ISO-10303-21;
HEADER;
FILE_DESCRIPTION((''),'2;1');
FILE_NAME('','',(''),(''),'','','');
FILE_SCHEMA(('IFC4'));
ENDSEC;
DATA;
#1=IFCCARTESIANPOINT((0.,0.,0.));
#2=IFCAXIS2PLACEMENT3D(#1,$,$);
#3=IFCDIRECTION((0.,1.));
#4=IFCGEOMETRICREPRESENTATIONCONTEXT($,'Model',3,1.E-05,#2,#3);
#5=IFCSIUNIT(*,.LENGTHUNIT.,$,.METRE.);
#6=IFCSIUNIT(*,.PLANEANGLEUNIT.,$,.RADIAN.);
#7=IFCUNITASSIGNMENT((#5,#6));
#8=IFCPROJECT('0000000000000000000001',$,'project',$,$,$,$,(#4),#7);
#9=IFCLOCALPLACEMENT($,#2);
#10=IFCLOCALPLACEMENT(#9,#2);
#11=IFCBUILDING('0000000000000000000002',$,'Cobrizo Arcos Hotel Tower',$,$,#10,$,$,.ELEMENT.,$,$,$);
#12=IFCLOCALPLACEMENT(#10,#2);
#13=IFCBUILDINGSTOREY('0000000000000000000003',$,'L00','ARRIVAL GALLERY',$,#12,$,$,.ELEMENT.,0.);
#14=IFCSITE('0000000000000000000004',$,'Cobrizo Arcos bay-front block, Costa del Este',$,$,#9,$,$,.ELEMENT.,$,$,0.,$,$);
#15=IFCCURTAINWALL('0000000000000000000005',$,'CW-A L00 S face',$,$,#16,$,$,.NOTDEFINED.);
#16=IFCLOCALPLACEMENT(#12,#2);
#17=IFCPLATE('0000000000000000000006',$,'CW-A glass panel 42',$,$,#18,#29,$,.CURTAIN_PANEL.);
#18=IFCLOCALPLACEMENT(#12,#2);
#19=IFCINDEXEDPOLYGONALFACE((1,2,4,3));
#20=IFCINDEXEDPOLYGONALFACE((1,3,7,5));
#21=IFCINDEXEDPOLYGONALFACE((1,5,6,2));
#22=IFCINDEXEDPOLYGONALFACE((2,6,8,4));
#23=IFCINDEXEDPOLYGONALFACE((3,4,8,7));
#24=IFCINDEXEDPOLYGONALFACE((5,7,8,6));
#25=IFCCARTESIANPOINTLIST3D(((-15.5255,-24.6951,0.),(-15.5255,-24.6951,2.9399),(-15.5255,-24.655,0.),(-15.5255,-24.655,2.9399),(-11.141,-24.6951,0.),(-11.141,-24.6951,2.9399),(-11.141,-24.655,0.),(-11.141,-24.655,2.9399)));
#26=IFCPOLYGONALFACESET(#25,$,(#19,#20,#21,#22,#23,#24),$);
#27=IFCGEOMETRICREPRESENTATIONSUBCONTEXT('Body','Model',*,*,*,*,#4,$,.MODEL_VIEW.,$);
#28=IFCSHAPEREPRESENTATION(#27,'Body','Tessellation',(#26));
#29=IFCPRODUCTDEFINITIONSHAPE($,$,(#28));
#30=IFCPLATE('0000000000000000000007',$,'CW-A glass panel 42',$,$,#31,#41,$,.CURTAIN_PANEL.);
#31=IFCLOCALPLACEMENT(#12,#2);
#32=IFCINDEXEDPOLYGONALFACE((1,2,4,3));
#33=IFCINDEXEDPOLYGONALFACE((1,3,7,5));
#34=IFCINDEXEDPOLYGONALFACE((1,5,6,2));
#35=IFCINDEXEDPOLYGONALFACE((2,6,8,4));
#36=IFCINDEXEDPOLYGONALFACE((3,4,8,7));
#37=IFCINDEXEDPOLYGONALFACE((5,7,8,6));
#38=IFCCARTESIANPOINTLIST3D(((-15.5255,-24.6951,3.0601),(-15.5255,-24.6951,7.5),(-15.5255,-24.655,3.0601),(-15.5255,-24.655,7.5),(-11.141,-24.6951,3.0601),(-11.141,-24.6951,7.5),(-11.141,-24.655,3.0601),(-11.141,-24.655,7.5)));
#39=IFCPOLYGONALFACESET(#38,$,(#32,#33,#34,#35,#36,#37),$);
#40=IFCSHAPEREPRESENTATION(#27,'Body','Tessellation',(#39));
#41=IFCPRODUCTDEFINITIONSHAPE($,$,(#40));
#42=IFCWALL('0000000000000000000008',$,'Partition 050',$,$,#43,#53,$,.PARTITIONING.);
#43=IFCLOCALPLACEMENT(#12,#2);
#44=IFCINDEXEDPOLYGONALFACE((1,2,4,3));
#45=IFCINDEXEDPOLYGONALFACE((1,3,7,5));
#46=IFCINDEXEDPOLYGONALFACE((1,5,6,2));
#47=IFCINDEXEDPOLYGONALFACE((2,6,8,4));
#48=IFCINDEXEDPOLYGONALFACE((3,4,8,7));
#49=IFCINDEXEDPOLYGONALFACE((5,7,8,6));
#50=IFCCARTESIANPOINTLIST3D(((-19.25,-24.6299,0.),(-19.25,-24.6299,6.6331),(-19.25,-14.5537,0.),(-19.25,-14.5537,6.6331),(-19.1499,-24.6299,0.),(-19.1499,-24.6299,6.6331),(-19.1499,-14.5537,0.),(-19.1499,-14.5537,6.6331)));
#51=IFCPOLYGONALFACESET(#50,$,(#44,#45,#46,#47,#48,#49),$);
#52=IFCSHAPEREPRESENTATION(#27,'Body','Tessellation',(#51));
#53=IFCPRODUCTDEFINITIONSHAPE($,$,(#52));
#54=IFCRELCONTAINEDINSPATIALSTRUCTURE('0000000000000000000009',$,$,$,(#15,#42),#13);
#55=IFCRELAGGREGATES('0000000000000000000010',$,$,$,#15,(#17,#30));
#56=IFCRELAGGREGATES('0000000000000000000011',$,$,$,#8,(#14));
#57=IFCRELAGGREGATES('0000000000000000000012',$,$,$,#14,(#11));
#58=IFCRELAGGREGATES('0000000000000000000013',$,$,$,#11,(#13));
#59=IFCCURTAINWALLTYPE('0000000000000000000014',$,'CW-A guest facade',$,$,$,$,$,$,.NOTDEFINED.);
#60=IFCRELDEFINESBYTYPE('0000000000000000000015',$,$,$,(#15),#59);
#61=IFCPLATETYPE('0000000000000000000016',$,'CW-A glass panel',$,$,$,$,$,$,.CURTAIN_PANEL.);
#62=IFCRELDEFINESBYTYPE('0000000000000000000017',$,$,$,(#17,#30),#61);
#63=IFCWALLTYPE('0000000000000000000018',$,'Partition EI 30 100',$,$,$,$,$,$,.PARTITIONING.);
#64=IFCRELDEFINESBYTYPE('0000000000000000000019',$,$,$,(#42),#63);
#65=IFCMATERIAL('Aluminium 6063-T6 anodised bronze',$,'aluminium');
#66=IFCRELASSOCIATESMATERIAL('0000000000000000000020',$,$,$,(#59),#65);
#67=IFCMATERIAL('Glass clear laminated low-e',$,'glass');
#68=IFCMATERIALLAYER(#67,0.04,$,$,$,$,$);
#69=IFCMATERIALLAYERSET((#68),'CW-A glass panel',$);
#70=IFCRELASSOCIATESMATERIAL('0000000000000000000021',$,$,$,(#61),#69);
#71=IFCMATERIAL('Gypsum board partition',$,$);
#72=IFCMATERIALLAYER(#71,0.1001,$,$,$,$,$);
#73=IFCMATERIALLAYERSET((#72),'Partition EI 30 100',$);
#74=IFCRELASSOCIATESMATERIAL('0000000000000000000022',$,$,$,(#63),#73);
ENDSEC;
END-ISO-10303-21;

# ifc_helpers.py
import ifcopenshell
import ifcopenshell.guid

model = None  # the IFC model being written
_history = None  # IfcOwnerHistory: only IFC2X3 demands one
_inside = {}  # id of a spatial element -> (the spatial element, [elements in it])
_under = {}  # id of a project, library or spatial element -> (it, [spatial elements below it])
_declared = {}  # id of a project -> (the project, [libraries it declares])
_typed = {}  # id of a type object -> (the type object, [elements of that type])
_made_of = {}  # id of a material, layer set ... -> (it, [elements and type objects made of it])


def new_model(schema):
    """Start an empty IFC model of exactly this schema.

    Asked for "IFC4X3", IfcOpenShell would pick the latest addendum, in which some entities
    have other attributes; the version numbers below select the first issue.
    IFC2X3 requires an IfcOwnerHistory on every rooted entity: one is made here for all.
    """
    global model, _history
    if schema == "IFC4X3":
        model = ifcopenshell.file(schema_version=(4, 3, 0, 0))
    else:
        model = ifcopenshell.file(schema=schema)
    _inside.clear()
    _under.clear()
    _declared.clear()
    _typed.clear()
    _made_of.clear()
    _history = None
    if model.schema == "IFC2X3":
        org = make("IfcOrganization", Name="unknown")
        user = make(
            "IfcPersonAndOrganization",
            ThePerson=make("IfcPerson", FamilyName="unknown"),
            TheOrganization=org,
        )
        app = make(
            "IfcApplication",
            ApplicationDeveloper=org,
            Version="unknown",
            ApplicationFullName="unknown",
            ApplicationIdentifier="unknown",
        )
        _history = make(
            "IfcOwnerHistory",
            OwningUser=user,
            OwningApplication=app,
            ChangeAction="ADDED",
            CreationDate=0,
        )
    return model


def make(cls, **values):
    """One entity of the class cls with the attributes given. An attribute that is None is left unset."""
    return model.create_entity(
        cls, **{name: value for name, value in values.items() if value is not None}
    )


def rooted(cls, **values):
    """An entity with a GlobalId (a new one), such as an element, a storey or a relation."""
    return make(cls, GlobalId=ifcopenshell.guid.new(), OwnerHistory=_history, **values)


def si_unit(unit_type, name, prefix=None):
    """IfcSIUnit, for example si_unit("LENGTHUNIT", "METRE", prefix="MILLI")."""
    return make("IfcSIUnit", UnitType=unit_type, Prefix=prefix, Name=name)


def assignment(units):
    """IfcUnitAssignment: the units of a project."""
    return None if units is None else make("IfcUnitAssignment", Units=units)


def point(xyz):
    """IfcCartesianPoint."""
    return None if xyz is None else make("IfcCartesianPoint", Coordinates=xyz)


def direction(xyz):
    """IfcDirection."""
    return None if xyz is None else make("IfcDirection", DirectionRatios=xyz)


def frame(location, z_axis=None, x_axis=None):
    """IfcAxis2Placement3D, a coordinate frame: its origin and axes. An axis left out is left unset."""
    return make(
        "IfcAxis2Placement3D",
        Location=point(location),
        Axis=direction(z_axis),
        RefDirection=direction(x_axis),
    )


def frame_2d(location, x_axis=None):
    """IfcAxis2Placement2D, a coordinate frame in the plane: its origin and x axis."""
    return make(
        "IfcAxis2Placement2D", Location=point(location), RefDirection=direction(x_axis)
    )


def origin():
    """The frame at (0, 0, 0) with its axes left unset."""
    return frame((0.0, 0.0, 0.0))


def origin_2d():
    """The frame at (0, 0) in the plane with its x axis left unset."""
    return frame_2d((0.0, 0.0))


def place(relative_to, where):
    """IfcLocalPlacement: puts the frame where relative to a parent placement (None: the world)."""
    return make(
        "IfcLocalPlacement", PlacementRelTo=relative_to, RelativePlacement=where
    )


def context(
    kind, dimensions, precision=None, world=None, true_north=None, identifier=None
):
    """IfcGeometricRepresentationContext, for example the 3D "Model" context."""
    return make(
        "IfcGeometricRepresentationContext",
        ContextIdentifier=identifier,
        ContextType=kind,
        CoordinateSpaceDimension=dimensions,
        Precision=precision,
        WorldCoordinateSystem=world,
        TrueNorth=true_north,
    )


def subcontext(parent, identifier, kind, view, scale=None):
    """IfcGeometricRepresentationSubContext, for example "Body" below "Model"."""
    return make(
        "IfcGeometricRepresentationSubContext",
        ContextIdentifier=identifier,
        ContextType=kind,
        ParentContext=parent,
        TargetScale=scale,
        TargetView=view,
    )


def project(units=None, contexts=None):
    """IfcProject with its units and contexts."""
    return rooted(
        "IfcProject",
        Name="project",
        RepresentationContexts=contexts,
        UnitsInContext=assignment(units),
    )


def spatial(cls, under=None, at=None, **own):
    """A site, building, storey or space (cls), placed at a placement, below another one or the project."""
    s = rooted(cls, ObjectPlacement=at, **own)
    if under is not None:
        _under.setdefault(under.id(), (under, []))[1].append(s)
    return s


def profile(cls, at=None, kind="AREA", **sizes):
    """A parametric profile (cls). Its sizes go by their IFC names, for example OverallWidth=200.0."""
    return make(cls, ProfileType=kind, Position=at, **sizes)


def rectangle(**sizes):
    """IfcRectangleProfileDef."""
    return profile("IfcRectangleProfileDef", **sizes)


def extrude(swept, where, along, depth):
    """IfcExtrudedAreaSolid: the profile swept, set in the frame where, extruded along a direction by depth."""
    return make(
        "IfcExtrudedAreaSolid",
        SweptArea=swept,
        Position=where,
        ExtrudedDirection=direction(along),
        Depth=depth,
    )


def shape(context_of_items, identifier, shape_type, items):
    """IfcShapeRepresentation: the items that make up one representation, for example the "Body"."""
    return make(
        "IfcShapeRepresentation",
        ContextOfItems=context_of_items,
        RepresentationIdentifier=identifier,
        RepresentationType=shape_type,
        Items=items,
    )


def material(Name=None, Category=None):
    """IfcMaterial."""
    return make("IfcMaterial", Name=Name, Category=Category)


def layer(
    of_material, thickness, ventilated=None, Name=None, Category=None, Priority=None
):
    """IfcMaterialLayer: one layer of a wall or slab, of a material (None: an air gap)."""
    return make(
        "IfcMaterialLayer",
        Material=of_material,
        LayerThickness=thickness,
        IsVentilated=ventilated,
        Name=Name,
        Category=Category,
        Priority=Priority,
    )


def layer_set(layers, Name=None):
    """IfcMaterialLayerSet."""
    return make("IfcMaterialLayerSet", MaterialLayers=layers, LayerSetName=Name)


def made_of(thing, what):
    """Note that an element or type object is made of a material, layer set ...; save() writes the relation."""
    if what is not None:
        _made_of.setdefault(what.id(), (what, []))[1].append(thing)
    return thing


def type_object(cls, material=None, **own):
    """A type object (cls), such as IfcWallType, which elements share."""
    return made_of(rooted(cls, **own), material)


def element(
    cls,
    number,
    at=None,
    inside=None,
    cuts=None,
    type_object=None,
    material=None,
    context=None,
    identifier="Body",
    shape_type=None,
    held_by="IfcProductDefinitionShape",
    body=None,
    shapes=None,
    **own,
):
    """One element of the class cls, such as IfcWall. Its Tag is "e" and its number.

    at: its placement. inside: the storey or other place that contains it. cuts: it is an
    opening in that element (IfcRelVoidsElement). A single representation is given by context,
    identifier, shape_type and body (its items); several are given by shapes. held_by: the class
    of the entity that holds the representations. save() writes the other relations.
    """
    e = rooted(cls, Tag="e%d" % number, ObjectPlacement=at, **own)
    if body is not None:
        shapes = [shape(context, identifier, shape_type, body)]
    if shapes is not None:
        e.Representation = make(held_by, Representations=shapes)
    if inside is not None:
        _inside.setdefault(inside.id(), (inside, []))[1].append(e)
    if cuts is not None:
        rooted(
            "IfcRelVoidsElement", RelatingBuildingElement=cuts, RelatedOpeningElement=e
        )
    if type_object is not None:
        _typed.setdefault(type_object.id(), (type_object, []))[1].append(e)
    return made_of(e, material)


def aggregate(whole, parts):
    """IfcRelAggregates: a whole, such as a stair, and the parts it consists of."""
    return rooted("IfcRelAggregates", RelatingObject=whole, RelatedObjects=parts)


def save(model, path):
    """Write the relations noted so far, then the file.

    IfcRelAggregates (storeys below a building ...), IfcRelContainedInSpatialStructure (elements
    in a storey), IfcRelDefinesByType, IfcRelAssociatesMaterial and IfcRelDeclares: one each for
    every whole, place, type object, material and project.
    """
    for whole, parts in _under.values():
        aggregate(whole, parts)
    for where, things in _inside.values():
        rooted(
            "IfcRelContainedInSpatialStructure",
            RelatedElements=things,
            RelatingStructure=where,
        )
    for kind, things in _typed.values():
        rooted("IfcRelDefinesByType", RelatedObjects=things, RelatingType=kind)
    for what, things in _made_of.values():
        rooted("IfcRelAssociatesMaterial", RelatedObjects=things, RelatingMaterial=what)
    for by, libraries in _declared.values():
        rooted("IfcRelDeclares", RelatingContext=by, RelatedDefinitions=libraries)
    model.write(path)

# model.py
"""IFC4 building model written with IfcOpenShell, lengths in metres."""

from ifc_helpers import new_model, si_unit, direction, frame, frame_2d, origin, origin_2d, place, context, subcontext, project, spatial, rectangle, extrude, material, layer, layer_set, type_object, element, aggregate, save


model = new_model("IFC4")

# Units and contexts
model_context = context("Model", 3, precision=1e-05, world=origin(), true_north=direction((0.0, 1.0)))
body_context = subcontext(model_context, "Body", "Model", "MODEL_VIEW")
ifc_project = project(units=[si_unit("LENGTHUNIT", "METRE"), si_unit("PLANEANGLEUNIT", "RADIAN")], contexts=[model_context])

# Site, building, storey
site_placement = place(None, origin())
site = spatial("IfcSite", under=ifc_project, at=site_placement, Name="Cobrizo Arcos bay-front block, Costa del Este", CompositionType="ELEMENT", RefElevation=0.0)
building_placement = place(site_placement, origin())
building = spatial("IfcBuilding", under=site, at=building_placement, Name="Cobrizo Arcos Hotel Tower", CompositionType="ELEMENT")
storey_placement = place(building_placement, origin())
storey = spatial("IfcBuildingStorey", under=building, at=storey_placement, Name="L00", Description="ARRIVAL GALLERY", CompositionType="ELEMENT", Elevation=0.0)

# Curtain wall
ifc_material_1 = material(Name="Aluminium 6063-T6 anodised bronze", Category="aluminium")
curtain_wall_type = type_object("IfcCurtainWallType", Name="CW-A guest facade", PredefinedType="NOTDEFINED", material=ifc_material_1)
curtain_wall_placement = place(storey_placement, origin())
curtain_wall = element("IfcCurtainWall", 1, at=curtain_wall_placement, inside=storey, type_object=curtain_wall_type, Name="CW-A L00 S face", PredefinedType="NOTDEFINED")

# Plates
ifc_material_2 = material(Name="Glass clear laminated low-e", Category="glass")
ifc_layer_1 = layer(ifc_material_2, 0.04)
ifc_layer_set_1 = layer_set([ifc_layer_1], Name="CW-A glass panel")
plate_type = type_object("IfcPlateType", Name="CW-A glass panel", PredefinedType="CURTAIN_PANEL", material=ifc_layer_set_1)
plate_1_placement = place(storey_placement, frame((-13.3333, -24.675, 0.0), z_axis=(0.0, 0.0, 1.0), x_axis=(1.0, 0.0, 0.0)))
plate_1 = element("IfcPlate", 2, at=plate_1_placement, type_object=plate_type, Name="CW-A glass panel 42", PredefinedType="CURTAIN_PANEL", context=body_context, shape_type="SweptSolid", body=[
    extrude(rectangle(XDim=4.3845, YDim=0.04, at=origin_2d()), origin(), (0.0, 0.0, 1.0), 2.9399),
])
plate_2_placement = place(storey_placement, frame((-13.3333, -24.675, 3.0601), z_axis=(0.0, 0.0, 1.0), x_axis=(1.0, 0.0, 0.0)))
plate_2 = element("IfcPlate", 3, at=plate_2_placement, type_object=plate_type, Name="CW-A glass panel 42", PredefinedType="CURTAIN_PANEL", context=body_context, shape_type="SweptSolid", body=[
    extrude(rectangle(XDim=4.3845, YDim=0.04, at=origin_2d()), origin(), (0.0, 0.0, 1.0), 4.4399),
])
aggregate(curtain_wall, [plate_1, plate_2])

# Wall
ifc_material_3 = material(Name="Gypsum board partition")
ifc_layer_2 = layer(ifc_material_3, 0.1001)
ifc_layer_set_2 = layer_set([ifc_layer_2], Name="Partition EI 30 100")
wall_type = type_object("IfcWallType", Name="Partition EI 30 100", PredefinedType="PARTITIONING", material=ifc_layer_set_2)
wall_placement = place(storey_placement, frame((-19.2, -24.6299, 0.0), z_axis=(0.0, 0.0, 1.0), x_axis=(0.0, 1.0, 0.0)))
element("IfcWall", 4, at=wall_placement, inside=storey, type_object=wall_type, Name="Partition 050", PredefinedType="PARTITIONING", context=body_context, shape_type="SweptSolid", body=[
    extrude(rectangle(XDim=10.0762, YDim=0.1001, at=frame_2d((5.0381, 0.0))), origin(), (0.0, 0.0, 1.0), 6.6331),
])

save(model, "model.ifc")
